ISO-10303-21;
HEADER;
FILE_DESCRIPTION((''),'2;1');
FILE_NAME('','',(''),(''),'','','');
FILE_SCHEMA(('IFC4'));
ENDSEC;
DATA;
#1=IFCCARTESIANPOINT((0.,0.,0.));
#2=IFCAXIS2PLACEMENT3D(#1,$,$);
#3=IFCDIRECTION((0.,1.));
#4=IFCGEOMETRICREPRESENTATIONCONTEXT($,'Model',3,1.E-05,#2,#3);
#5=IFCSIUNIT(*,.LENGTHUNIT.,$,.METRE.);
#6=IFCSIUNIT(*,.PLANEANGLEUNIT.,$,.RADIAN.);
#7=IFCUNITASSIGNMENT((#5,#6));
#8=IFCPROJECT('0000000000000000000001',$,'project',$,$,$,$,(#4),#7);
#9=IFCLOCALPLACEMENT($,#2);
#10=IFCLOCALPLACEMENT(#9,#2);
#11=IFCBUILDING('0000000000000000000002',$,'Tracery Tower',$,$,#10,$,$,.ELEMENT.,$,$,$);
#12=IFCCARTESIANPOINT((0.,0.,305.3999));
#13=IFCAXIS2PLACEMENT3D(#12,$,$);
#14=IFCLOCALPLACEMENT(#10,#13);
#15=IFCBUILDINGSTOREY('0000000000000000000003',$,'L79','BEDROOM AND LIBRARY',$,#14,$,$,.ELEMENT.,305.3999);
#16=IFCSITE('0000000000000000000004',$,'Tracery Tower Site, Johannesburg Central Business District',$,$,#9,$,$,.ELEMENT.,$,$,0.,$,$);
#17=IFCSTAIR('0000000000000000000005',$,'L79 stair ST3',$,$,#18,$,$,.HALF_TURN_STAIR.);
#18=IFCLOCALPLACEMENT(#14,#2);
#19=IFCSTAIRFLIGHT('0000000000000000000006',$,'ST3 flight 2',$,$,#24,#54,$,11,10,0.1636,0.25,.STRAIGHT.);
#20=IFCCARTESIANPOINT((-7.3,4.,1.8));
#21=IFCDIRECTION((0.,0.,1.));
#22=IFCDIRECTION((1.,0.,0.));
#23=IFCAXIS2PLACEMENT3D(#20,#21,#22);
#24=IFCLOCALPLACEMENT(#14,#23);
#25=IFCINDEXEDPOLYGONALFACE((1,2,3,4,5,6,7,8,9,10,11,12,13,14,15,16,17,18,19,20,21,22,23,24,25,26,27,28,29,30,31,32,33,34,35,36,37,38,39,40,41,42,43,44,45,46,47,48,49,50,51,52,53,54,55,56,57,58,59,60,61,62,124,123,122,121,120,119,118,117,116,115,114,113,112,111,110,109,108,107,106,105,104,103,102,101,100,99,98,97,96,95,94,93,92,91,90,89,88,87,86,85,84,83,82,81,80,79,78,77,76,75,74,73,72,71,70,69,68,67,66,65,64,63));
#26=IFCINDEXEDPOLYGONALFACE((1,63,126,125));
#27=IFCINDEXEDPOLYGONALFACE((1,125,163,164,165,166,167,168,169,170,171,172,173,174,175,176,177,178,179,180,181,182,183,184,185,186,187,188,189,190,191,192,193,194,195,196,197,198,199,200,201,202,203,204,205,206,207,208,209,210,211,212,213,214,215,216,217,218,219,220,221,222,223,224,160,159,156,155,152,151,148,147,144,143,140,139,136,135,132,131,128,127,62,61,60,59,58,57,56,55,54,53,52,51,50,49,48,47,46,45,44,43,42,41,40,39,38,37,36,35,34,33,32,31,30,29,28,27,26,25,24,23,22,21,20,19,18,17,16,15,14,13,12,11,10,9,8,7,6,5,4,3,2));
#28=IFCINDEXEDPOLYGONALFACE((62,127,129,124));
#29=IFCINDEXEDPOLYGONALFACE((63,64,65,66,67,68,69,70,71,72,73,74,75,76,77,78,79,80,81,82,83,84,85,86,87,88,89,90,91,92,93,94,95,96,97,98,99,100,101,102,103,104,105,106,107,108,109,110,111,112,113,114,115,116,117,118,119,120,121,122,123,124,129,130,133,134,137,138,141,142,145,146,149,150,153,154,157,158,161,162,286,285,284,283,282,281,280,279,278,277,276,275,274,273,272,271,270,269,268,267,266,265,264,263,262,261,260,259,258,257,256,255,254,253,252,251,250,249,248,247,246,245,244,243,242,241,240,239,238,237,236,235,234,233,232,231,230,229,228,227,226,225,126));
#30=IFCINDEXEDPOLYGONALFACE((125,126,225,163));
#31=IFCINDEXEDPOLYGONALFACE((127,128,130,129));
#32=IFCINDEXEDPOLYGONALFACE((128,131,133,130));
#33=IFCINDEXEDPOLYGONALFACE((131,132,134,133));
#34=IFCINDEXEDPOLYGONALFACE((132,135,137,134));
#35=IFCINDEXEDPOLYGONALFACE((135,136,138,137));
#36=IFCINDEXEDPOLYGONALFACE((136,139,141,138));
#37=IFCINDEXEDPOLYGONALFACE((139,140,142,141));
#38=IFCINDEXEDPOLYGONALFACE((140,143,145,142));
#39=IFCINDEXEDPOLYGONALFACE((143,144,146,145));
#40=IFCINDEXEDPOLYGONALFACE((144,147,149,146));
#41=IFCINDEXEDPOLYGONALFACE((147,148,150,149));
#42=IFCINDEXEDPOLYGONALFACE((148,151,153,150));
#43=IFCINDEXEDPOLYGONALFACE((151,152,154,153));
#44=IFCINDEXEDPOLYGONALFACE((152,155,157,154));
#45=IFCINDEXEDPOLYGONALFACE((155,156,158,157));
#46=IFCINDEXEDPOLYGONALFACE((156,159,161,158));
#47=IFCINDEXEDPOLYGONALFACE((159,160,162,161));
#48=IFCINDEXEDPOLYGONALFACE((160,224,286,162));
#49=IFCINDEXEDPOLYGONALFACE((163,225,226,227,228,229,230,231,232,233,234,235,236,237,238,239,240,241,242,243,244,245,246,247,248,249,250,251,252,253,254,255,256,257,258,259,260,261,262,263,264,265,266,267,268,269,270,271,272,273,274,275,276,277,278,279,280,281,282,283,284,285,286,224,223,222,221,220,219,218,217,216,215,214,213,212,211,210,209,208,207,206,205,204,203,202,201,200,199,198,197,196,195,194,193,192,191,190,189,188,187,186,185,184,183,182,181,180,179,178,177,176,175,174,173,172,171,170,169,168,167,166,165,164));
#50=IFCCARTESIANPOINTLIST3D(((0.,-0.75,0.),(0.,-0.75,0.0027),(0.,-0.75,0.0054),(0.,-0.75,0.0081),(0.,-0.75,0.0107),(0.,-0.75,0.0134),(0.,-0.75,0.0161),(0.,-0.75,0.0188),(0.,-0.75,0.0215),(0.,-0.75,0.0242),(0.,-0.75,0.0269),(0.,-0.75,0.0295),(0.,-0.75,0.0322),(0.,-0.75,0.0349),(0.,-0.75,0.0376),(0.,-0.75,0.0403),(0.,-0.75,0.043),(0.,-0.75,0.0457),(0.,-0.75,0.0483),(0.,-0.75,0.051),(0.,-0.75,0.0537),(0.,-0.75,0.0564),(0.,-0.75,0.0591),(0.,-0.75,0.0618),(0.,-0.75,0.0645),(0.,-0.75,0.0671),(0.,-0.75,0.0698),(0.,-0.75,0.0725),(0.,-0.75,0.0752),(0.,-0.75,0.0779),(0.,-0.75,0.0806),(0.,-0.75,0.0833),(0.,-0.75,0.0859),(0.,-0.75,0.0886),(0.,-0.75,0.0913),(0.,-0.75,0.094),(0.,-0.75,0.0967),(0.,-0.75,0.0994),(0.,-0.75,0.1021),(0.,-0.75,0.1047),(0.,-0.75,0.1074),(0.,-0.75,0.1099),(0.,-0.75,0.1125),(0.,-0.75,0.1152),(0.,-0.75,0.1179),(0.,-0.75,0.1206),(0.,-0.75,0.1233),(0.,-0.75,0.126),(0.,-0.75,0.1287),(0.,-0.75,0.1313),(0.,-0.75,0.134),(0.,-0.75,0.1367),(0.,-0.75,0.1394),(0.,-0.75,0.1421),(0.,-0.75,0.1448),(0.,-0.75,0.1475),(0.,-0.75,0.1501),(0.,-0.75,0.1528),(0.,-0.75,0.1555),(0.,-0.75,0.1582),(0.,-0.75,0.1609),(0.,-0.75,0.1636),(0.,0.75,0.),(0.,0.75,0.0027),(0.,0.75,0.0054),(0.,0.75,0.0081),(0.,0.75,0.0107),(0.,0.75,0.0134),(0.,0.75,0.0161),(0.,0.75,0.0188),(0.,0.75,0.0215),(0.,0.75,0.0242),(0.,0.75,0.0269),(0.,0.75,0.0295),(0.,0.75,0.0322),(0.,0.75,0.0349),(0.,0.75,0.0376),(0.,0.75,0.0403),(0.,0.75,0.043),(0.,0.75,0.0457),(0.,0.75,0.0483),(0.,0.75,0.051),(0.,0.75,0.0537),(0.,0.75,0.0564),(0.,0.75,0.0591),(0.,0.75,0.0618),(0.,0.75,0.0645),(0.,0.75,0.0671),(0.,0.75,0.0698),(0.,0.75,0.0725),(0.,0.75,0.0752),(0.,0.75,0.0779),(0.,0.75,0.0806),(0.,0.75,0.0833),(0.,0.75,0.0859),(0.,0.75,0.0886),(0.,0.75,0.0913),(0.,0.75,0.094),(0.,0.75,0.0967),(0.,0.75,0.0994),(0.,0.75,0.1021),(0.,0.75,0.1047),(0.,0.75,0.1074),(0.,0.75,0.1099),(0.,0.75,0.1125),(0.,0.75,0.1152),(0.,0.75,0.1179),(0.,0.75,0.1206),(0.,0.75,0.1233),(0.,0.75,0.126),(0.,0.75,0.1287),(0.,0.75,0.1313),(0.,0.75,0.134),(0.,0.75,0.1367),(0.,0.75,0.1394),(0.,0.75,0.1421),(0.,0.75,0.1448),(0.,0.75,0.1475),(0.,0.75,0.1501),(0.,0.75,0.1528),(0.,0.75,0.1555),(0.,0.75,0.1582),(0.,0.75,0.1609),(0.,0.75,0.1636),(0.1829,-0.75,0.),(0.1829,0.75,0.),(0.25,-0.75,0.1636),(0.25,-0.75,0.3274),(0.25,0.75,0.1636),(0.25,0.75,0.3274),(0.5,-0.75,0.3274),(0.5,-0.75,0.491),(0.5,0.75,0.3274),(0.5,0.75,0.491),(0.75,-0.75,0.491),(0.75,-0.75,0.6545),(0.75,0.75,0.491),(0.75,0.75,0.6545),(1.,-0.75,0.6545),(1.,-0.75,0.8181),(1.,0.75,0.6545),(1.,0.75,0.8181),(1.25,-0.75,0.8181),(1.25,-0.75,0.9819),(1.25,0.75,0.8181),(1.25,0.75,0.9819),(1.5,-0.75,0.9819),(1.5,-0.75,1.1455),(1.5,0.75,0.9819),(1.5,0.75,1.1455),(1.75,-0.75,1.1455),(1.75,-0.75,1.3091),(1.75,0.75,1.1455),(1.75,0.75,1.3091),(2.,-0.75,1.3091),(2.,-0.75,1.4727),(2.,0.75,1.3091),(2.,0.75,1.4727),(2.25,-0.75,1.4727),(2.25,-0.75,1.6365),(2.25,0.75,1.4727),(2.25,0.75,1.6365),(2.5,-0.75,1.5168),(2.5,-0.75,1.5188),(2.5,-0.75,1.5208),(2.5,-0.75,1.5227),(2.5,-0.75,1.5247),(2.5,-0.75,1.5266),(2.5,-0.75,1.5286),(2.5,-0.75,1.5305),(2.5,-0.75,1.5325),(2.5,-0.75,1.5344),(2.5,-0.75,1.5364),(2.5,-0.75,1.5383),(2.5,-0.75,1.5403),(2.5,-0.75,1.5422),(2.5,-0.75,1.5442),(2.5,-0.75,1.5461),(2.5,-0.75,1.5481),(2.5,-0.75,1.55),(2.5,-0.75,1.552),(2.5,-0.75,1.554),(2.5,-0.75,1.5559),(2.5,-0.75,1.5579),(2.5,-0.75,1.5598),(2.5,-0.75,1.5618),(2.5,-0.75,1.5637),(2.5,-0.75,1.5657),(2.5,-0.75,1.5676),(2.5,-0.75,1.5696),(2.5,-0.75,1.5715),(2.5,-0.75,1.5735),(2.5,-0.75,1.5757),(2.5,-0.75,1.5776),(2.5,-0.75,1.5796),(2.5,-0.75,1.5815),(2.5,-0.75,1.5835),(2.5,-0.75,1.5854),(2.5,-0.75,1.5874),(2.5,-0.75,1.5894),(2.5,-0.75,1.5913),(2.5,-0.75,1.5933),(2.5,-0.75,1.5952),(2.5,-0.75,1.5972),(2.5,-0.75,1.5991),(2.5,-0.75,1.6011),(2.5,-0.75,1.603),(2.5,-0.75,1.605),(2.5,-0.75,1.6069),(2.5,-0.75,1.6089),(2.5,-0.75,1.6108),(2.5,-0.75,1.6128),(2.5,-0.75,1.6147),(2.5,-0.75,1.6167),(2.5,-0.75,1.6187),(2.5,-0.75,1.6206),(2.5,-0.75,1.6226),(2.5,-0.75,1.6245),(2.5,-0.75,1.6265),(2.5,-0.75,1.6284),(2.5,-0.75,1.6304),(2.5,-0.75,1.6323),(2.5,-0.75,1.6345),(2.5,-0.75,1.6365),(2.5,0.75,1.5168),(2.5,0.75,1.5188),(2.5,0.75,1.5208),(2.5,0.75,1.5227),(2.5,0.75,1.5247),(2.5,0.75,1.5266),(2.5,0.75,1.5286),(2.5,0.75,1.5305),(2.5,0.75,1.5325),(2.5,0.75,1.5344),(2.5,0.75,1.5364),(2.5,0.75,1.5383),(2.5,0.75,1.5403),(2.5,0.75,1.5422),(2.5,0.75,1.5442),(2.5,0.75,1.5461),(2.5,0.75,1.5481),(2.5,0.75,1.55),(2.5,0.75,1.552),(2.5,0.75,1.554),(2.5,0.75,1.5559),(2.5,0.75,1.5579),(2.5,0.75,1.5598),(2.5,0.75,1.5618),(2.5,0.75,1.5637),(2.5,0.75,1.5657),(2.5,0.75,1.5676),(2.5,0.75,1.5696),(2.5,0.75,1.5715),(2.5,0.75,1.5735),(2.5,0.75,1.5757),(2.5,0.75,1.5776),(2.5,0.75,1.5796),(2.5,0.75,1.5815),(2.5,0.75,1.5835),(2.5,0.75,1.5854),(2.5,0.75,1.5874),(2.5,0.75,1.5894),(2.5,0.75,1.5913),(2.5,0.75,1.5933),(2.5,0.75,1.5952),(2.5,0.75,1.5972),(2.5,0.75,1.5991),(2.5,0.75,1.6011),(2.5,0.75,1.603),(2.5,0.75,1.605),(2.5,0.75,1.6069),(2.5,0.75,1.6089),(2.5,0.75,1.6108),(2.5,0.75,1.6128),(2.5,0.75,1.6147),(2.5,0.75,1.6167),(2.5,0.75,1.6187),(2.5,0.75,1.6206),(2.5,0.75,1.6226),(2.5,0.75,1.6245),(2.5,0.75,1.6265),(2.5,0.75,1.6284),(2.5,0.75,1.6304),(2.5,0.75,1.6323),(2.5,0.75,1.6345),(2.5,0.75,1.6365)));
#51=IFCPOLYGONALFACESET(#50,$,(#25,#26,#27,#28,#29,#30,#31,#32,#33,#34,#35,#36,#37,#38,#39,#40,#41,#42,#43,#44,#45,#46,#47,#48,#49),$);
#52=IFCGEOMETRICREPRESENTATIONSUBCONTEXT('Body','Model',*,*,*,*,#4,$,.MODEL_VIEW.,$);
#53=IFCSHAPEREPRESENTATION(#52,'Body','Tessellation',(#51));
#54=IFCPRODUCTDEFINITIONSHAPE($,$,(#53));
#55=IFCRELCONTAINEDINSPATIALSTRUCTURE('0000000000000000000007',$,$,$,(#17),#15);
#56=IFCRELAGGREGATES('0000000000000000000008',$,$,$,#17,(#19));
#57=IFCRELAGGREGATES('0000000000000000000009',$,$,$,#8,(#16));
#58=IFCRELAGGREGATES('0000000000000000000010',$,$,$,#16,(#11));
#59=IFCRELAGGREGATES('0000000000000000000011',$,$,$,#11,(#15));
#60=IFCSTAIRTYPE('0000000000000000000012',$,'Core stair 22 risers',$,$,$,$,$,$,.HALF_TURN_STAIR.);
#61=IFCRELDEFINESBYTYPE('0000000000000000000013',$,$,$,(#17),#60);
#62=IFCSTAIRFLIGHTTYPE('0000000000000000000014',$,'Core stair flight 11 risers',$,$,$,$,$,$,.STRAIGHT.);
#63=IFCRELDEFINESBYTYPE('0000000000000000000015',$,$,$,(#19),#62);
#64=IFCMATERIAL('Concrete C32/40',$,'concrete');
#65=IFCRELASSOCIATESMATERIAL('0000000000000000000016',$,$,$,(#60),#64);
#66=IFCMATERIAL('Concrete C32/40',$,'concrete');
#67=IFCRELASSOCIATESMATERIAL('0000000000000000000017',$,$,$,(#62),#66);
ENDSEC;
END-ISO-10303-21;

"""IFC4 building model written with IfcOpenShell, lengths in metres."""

from ifc_helpers import new_model, si_unit, direction, frame, origin, place, context, subcontext, project, spatial, polyline, outline, extrude, material, type_object, element, aggregate, save


model = new_model("IFC4")

# Units and contexts
model_context = context("Model", 3, precision=1e-05, world=origin(), true_north=direction((0.0, 1.0)))
body_context = subcontext(model_context, "Body", "Model", "MODEL_VIEW")
ifc_project = project(units=[si_unit("LENGTHUNIT", "METRE"), si_unit("PLANEANGLEUNIT", "RADIAN")], contexts=[model_context])

# Site, building, storey
site_placement = place(None, origin())
site = spatial("IfcSite", under=ifc_project, at=site_placement, Name="Tracery Tower Site, Johannesburg Central Business District", CompositionType="ELEMENT", RefElevation=0.0)
building_placement = place(site_placement, origin())
building = spatial("IfcBuilding", under=site, at=building_placement, Name="Tracery Tower", CompositionType="ELEMENT")
storey_placement = place(building_placement, frame((0.0, 0.0, 305.3999)))
storey = spatial("IfcBuildingStorey", under=building, at=storey_placement, Name="L79", Description="BEDROOM AND LIBRARY", CompositionType="ELEMENT", Elevation=305.3999)

# Stair, stair flight
ifc_material_1 = material(Name="Concrete C32/40", Category="concrete")
stair_type = type_object("IfcStairType", Name="Core stair 22 risers", PredefinedType="HALF_TURN_STAIR", material=ifc_material_1)
stair_placement = place(storey_placement, origin())
stair = element("IfcStair", 1, at=stair_placement, inside=storey, type_object=stair_type, Name="L79 stair ST3", PredefinedType="HALF_TURN_STAIR")
ifc_material_2 = material(Name="Concrete C32/40", Category="concrete")
stair_flight_type = type_object("IfcStairFlightType", Name="Core stair flight 11 risers", PredefinedType="STRAIGHT", material=ifc_material_2)
stair_flight_1_placement = place(storey_placement, frame((-7.3, 4.0, 1.8), z_axis=(0.0, 0.0, 1.0), x_axis=(1.0, 0.0, 0.0)))
stair_flight_1 = element("IfcStairFlight", 2, at=stair_flight_1_placement, type_object=stair_flight_type, Name="ST3 flight 2", NumberOfRisers=11, NumberOfTreads=10, PredefinedType="STRAIGHT", RiserHeight=0.1636, TreadLength=0.25, context=body_context, shape_type="SweptSolid", body=[
    extrude(outline(polyline([(0.0, 0.0), (0.0, 0.0027), (0.0, 0.0054), (0.0, 0.0081), (0.0, 0.0107), (0.0, 0.0134), (0.0, 0.0161), (0.0, 0.0188), (0.0, 0.0215), (0.0, 0.0242), (0.0, 0.0269), (0.0, 0.0295), (0.0, 0.0322), (0.0, 0.0349), (0.0, 0.0376), (0.0, 0.0403), (0.0, 0.043), (0.0, 0.0457), (0.0, 0.0483), (0.0, 0.051), (0.0, 0.0537), (0.0, 0.0564), (0.0, 0.0591), (0.0, 0.0618), (0.0, 0.0645), (0.0, 0.0671), (0.0, 0.0698), (0.0, 0.0725), (0.0, 0.0752), (0.0, 0.0779), (0.0, 0.0806), (0.0, 0.0833), (0.0, 0.0859), (0.0, 0.0886), (0.0, 0.0913), (0.0, 0.094), (0.0, 0.0967), (0.0, 0.0994), (0.0, 0.1021), (0.0, 0.1047), (0.0, 0.1074), (0.0, 0.1099), (0.0, 0.1125), (0.0, 0.1152), (0.0, 0.1179), (0.0, 0.1206), (0.0, 0.1233), (0.0, 0.126), (0.0, 0.1287), (0.0, 0.1313), (0.0, 0.134), (0.0, 0.1367), (0.0, 0.1394), (0.0, 0.1421), (0.0, 0.1448), (0.0, 0.1475), (0.0, 0.1501), (0.0, 0.1528), (0.0, 0.1555), (0.0, 0.1582), (0.0, 0.1609), (0.0, 0.1636), (0.25, 0.1636), (0.25, 0.3274), (0.5, 0.3274), (0.5, 0.491), (0.75, 0.491), (0.75, 0.6545), (1.0, 0.6545), (1.0, 0.8181), (1.25, 0.8181), (1.25, 0.9819), (1.5, 0.9819), (1.5, 1.1455), (1.75, 1.1455), (1.75, 1.3091), (2.0, 1.3091), (2.0, 1.4727), (2.25, 1.4727), (2.25, 1.6365), (2.5, 1.6365), (2.5, 1.6345), (2.5, 1.6323), (2.5, 1.6304), (2.5, 1.6284), (2.5, 1.6265), (2.5, 1.6245), (2.5, 1.6226), (2.5, 1.6206), (2.5, 1.6187), (2.5, 1.6167), (2.5, 1.6147), (2.5, 1.6128), (2.5, 1.6108), (2.5, 1.6089), (2.5, 1.6069), (2.5, 1.605), (2.5, 1.603), (2.5, 1.6011), (2.5, 1.5991), (2.5, 1.5972), (2.5, 1.5952), (2.5, 1.5933), (2.5, 1.5913), (2.5, 1.5894), (2.5, 1.5874), (2.5, 1.5854), (2.5, 1.5835), (2.5, 1.5815), (2.5, 1.5796), (2.5, 1.5776), (2.5, 1.5757), (2.5, 1.5735), (2.5, 1.5715), (2.5, 1.5696), (2.5, 1.5676), (2.5, 1.5657), (2.5, 1.5637), (2.5, 1.5618), (2.5, 1.5598), (2.5, 1.5579), (2.5, 1.5559), (2.5, 1.554), (2.5, 1.552), (2.5, 1.55), (2.5, 1.5481), (2.5, 1.5461), (2.5, 1.5442), (2.5, 1.5422), (2.5, 1.5403), (2.5, 1.5383), (2.5, 1.5364), (2.5, 1.5344), (2.5, 1.5325), (2.5, 1.5305), (2.5, 1.5286), (2.5, 1.5266), (2.5, 1.5247), (2.5, 1.5227), (2.5, 1.5208), (2.5, 1.5188), (2.5, 1.5168), (0.1829, 0.0), (0.0, 0.0)])), frame((0.0, 0.75, 0.0), z_axis=(0.0, -1.0, 0.0), x_axis=(1.0, 0.0, 0.0)), (0.0, 0.0, 1.0), 1.5),
])
aggregate(stair, [stair_flight_1])

save(model, "model.ifc")
